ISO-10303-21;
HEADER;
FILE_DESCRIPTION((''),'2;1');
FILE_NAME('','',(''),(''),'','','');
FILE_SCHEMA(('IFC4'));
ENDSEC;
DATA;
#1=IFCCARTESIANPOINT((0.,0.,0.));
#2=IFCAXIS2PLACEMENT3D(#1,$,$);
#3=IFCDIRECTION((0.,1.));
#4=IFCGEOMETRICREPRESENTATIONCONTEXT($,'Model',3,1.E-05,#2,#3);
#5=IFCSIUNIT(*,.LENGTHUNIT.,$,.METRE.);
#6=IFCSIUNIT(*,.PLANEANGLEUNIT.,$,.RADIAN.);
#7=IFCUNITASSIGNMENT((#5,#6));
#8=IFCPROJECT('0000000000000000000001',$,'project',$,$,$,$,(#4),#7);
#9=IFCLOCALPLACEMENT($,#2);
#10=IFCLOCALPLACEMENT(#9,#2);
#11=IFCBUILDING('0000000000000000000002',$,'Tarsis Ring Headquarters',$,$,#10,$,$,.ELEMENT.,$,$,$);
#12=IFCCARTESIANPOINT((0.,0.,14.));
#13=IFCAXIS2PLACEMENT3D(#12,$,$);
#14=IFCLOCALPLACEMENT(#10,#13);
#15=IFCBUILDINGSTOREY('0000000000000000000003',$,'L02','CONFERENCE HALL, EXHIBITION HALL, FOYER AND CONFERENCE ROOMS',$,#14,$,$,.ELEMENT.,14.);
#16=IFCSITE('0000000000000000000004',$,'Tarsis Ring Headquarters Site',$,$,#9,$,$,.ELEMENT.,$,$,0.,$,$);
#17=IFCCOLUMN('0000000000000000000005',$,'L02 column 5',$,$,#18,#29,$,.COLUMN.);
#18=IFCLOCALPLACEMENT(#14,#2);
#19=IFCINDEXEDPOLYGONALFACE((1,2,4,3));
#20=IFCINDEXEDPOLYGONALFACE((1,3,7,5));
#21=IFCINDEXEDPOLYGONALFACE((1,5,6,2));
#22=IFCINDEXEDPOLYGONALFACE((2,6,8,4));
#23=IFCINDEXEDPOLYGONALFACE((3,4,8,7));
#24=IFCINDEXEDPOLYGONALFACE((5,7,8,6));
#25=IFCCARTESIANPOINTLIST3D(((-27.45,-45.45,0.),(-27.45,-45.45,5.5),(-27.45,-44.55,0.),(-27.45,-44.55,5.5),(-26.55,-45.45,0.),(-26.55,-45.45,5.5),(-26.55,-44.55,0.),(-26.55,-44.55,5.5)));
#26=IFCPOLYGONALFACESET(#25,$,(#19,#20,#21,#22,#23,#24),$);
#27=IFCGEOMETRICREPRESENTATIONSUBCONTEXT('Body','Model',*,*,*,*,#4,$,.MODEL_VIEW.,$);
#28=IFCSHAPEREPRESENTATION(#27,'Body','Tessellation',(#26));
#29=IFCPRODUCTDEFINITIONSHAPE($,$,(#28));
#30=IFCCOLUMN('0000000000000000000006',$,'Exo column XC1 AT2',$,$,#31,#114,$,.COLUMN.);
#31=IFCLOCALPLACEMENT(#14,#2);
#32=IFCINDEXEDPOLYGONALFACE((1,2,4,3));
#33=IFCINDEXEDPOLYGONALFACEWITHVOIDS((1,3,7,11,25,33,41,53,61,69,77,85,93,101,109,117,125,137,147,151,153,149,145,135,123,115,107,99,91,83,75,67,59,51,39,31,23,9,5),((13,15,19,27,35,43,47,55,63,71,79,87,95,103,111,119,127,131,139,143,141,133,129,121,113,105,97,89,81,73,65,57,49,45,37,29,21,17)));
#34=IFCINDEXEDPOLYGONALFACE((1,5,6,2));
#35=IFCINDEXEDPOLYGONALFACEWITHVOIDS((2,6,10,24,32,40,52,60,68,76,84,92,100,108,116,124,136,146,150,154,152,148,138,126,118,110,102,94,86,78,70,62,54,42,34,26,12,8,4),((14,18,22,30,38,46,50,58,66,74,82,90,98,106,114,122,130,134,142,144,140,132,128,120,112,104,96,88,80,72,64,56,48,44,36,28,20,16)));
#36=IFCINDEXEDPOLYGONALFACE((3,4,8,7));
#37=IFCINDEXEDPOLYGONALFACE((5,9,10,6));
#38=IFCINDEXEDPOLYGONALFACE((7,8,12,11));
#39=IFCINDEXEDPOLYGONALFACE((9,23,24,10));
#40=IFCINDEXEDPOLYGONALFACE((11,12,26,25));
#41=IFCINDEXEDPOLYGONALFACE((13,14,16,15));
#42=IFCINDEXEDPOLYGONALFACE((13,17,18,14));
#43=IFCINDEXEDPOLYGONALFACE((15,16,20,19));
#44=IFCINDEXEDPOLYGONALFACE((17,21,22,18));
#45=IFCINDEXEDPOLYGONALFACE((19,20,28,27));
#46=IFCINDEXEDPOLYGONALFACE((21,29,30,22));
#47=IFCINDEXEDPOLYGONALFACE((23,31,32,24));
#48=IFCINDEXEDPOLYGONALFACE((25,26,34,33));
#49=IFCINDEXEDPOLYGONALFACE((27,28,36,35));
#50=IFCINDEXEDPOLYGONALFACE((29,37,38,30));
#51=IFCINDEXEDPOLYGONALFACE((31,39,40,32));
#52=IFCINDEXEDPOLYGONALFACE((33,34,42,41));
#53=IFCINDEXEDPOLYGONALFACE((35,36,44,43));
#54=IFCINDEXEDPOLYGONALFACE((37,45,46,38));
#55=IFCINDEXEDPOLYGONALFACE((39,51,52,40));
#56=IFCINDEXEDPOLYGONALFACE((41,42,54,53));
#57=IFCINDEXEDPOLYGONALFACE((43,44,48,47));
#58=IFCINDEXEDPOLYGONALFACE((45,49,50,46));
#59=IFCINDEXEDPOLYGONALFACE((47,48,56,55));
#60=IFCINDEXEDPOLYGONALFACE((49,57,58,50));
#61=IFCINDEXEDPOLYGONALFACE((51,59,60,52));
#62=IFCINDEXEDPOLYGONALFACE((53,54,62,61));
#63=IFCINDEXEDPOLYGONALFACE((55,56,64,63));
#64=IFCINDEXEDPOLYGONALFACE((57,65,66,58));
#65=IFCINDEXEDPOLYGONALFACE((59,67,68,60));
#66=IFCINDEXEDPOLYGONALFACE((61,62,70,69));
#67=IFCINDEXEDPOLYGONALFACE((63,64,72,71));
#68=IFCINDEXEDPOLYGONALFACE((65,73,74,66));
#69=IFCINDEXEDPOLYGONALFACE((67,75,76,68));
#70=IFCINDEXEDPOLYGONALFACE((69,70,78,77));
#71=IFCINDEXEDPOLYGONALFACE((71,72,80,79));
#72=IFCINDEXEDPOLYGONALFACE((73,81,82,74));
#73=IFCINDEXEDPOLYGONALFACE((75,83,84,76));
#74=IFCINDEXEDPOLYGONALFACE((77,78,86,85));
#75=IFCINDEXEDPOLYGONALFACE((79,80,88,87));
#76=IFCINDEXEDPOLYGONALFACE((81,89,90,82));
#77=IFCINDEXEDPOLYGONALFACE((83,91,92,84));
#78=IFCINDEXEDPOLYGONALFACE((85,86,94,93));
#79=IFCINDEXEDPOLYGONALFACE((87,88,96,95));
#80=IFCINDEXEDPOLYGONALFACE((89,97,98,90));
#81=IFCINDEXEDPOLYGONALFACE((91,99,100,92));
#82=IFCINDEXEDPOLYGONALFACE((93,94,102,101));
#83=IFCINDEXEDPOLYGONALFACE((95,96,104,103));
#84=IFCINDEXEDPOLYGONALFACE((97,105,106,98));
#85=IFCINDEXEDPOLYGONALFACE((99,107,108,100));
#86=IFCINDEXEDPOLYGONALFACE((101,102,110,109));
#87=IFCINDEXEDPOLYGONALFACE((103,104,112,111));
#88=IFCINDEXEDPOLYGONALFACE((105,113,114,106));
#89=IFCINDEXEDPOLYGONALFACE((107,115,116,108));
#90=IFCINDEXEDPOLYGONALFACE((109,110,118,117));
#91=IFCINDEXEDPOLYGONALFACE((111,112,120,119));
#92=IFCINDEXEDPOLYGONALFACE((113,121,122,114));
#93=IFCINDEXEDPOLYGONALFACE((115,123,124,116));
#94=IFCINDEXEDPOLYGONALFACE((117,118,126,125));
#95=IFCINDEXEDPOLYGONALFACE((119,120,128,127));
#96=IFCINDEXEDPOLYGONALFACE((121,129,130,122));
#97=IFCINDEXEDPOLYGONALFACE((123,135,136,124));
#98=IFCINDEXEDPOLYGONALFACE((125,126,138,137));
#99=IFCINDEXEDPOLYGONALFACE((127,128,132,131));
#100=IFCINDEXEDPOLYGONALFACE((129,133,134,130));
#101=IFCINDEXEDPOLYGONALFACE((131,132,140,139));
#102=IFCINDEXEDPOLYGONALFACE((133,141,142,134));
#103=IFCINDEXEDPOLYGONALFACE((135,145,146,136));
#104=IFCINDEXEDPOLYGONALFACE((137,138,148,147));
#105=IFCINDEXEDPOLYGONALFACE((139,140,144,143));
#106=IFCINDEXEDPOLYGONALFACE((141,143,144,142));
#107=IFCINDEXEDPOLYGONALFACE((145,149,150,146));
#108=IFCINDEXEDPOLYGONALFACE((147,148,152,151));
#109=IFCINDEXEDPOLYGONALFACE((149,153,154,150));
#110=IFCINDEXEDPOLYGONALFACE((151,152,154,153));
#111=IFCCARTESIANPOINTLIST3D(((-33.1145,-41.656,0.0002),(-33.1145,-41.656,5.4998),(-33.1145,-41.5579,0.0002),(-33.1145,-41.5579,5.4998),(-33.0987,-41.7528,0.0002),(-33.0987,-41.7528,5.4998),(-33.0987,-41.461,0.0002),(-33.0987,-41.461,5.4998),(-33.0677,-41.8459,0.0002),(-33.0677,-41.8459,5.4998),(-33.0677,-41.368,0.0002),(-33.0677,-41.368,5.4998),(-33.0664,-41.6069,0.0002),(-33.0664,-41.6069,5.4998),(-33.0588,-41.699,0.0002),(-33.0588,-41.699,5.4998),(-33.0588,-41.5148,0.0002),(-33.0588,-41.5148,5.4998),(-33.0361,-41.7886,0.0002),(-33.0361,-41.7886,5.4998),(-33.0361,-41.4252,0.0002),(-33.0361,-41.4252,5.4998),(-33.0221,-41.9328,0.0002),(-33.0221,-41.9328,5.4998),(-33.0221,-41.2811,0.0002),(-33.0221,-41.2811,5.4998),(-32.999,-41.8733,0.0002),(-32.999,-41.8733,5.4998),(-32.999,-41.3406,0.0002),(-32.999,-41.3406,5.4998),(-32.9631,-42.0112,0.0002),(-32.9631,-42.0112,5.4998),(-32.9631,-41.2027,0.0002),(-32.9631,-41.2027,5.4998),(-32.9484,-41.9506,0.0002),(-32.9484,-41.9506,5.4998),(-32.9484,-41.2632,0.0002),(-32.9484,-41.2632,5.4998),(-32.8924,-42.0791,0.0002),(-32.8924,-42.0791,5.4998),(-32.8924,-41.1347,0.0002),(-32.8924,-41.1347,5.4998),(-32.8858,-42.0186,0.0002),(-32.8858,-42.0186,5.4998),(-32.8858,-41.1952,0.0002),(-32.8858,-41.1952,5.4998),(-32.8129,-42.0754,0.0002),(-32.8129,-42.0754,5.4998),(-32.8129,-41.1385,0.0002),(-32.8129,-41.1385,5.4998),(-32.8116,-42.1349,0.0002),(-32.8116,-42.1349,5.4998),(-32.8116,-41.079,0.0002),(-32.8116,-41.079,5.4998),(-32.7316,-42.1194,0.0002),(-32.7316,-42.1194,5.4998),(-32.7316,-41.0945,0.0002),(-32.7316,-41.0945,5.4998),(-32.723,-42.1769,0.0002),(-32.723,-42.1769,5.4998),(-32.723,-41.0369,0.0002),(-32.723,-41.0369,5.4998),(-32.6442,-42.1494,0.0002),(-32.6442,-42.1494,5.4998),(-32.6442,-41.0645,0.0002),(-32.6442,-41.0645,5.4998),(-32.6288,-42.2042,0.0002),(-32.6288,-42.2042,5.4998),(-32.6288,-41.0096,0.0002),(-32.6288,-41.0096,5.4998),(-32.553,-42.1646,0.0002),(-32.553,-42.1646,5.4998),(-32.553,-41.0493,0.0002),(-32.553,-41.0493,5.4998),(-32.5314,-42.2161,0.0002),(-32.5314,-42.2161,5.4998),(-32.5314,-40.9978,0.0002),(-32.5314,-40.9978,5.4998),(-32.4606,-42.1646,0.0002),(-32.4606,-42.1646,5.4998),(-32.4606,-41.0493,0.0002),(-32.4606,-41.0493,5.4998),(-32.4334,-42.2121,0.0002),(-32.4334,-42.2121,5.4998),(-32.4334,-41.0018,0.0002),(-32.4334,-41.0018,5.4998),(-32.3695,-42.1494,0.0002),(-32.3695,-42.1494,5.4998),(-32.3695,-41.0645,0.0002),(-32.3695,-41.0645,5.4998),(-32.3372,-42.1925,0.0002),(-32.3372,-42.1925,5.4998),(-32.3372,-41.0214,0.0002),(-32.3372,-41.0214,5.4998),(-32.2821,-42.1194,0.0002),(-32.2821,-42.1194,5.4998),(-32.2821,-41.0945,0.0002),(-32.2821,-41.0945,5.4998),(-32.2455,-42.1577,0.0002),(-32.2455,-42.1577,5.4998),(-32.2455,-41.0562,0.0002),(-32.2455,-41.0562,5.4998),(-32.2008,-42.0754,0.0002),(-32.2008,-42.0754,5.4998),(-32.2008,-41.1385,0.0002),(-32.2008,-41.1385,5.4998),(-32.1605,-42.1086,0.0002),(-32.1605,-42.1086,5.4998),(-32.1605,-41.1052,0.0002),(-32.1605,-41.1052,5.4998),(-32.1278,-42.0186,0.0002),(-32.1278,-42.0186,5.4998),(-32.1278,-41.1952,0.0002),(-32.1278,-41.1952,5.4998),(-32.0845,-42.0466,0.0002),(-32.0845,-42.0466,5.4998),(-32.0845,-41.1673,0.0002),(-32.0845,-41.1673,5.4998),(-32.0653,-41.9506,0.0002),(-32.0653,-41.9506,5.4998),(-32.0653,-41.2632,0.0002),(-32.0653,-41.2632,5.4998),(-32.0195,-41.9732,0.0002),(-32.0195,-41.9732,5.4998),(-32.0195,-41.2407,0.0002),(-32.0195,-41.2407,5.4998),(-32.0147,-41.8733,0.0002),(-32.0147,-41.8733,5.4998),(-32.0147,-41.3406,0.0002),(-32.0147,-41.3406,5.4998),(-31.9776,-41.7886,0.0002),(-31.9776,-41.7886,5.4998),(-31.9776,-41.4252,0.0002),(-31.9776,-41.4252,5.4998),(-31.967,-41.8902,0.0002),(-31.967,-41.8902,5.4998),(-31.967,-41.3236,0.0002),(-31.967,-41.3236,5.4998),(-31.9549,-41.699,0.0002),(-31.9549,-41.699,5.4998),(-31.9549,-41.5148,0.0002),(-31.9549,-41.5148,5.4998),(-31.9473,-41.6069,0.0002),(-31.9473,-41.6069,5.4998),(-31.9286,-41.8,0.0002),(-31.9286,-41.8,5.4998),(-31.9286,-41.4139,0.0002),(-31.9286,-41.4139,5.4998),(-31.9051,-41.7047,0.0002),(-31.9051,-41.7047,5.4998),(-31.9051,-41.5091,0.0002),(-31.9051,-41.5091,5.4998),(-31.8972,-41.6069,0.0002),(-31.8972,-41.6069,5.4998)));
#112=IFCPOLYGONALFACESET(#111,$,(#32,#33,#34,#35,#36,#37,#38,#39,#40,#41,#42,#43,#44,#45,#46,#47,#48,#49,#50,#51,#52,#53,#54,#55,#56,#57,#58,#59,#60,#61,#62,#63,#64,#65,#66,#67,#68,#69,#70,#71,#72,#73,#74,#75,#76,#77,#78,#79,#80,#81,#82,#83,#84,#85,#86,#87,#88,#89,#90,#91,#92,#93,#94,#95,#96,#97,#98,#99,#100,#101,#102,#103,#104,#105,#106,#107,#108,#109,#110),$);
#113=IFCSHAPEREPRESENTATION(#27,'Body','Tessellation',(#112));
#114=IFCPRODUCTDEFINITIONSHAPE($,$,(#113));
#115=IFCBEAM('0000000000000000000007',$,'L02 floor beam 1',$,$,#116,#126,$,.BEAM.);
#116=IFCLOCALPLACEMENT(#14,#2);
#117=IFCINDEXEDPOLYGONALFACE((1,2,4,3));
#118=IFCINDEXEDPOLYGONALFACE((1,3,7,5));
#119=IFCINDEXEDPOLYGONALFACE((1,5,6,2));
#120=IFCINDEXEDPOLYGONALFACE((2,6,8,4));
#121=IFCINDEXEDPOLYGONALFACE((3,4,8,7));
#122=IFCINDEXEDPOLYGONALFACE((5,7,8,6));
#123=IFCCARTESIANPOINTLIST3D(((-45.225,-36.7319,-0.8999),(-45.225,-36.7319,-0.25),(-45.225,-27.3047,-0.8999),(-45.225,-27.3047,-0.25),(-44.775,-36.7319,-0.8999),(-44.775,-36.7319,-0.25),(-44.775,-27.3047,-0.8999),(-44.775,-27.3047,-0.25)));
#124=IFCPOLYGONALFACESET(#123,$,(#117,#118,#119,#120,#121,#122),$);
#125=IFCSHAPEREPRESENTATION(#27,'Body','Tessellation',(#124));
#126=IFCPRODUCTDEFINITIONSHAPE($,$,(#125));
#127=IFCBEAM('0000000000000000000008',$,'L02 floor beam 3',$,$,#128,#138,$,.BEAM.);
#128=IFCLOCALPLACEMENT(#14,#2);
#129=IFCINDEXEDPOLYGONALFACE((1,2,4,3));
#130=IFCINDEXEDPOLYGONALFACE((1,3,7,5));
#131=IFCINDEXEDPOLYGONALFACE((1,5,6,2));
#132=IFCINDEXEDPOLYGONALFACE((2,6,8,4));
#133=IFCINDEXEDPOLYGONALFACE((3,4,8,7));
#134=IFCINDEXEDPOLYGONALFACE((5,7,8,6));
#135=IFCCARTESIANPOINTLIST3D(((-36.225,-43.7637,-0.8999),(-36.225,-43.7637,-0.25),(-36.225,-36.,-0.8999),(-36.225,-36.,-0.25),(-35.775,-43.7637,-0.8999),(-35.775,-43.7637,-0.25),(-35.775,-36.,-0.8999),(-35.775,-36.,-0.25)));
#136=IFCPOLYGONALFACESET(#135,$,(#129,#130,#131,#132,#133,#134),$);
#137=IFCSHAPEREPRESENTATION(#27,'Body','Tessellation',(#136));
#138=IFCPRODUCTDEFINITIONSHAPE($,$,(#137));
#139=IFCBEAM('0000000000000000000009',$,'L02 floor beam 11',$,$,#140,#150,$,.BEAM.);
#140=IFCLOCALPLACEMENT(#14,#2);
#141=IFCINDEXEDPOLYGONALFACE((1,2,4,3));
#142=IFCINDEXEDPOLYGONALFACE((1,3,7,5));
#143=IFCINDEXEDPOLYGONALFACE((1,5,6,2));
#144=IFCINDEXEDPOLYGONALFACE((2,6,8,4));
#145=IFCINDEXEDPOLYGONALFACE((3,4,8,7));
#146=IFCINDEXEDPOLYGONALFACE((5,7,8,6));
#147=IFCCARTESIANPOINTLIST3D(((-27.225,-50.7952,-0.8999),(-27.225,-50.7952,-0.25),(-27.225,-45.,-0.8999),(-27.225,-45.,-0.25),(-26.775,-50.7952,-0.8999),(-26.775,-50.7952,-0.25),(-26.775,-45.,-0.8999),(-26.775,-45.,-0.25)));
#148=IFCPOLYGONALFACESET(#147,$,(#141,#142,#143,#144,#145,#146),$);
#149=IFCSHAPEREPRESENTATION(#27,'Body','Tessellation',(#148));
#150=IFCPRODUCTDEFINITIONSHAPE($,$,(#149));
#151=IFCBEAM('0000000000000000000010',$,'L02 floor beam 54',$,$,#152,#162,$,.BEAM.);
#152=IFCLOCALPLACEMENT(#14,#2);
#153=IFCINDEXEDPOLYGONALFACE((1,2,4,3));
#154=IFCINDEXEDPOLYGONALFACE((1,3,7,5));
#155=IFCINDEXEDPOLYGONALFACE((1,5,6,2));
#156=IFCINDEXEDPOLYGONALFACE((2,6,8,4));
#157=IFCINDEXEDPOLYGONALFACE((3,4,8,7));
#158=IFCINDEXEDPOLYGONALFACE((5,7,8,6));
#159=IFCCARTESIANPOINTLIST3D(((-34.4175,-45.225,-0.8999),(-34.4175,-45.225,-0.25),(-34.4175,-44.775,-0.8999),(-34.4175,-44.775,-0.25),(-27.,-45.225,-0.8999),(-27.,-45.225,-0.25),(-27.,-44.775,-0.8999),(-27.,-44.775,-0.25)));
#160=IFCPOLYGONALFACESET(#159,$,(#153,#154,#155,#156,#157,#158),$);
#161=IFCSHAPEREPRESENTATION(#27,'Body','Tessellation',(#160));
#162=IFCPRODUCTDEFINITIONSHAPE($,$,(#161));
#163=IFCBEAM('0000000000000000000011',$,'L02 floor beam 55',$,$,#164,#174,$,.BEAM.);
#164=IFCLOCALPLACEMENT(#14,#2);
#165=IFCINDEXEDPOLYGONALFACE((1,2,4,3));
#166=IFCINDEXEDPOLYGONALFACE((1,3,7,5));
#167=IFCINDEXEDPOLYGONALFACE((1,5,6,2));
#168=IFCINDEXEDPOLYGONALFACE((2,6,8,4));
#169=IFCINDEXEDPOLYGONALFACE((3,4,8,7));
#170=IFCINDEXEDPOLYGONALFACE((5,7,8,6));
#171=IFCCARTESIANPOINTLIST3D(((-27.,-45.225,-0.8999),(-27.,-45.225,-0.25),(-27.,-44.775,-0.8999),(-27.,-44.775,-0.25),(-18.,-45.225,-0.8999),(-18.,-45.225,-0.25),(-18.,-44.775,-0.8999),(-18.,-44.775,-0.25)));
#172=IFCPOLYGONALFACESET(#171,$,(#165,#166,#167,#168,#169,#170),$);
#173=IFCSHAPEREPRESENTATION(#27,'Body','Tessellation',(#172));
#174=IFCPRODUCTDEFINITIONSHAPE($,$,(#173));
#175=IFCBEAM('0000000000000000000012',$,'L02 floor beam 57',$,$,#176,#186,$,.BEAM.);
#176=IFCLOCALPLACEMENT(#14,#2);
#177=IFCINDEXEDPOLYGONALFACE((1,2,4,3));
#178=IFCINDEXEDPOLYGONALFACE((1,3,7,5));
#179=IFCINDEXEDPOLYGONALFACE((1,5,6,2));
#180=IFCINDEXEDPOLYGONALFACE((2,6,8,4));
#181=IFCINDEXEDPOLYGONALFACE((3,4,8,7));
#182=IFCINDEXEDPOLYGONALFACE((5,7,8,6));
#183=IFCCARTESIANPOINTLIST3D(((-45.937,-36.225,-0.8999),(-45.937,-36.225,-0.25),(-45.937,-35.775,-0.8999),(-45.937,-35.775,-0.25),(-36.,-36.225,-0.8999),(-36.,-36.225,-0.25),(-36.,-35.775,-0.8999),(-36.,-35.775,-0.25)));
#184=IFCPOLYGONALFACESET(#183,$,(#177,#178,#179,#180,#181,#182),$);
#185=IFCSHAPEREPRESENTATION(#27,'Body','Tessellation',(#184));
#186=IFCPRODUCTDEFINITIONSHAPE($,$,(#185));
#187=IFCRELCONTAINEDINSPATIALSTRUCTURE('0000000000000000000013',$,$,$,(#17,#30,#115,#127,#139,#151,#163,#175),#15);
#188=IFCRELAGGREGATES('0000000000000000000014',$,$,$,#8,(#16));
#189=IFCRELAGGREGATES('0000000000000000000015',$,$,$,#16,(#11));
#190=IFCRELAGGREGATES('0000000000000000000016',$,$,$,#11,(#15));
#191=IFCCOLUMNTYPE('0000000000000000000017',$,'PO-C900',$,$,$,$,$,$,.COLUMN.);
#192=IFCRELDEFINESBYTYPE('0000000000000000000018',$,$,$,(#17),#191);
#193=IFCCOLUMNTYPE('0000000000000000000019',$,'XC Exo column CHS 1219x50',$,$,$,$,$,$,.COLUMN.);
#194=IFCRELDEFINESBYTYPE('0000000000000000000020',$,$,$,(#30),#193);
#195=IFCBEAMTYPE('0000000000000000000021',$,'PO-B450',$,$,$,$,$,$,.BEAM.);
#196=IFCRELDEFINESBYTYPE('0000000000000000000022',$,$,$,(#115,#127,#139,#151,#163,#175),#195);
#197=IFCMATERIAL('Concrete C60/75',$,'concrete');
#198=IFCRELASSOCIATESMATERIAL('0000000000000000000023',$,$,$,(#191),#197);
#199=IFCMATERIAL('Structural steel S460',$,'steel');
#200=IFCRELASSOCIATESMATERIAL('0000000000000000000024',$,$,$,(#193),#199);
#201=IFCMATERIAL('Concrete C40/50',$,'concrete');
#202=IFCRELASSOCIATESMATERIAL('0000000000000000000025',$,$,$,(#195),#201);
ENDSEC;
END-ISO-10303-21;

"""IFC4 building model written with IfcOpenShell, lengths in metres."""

from ifc_helpers import new_model, si_unit, direction, frame, origin, origin_2d, place, context, subcontext, project, spatial, rectangle, hollow_circle, extrude, material, material_profile, profile_set, type_object, element, save


model = new_model("IFC4")

# Units and contexts
model_context = context("Model", 3, precision=1e-05, world=origin(), true_north=direction((0.0, 1.0)))
body_context = subcontext(model_context, "Body", "Model", "MODEL_VIEW")
ifc_project = project(units=[si_unit("LENGTHUNIT", "METRE"), si_unit("PLANEANGLEUNIT", "RADIAN")], contexts=[model_context])

# Site, building, storey
site_placement = place(None, origin())
site = spatial("IfcSite", under=ifc_project, at=site_placement, Name="Tarsis Ring Headquarters Site", CompositionType="ELEMENT", RefElevation=0.0)
building_placement = place(site_placement, origin())
building = spatial("IfcBuilding", under=site, at=building_placement, Name="Tarsis Ring Headquarters", CompositionType="ELEMENT")
storey_placement = place(building_placement, frame((0.0, 0.0, 14.0)))
storey = spatial("IfcBuildingStorey", under=building, at=storey_placement, Name="L02", Description="CONFERENCE HALL, EXHIBITION HALL, FOYER AND CONFERENCE ROOMS", CompositionType="ELEMENT", Elevation=14.0)

# Columns
ifc_material_1 = material(Name="Concrete C60/75", Category="concrete")
ifc_material_profile_1 = material_profile(ifc_material_1, rectangle(XDim=0.8999, YDim=0.8999, at=origin_2d()), Name="PO-C900")
ifc_profile_set_1 = profile_set([ifc_material_profile_1], Name="Concrete C60/75")
column_type_1 = type_object("IfcColumnType", Name="PO-C900", PredefinedType="COLUMN", material=ifc_profile_set_1)
column_1_placement = place(storey_placement, frame((-27.0, -45.0, 0.0), z_axis=(0.0, 0.0, 1.0), x_axis=(1.0, 0.0, 0.0)))
element("IfcColumn", 1, at=column_1_placement, inside=storey, type_object=column_type_1, Name="L02 column 5", PredefinedType="COLUMN", context=body_context, shape_type="SweptSolid", body=[
    extrude(rectangle(XDim=0.8999, YDim=0.8999, at=origin_2d()), origin(), (0.0, 0.0, 1.0), 5.5),
])
ifc_material_2 = material(Name="Structural steel S460", Category="steel")
ifc_material_profile_2 = material_profile(ifc_material_2, hollow_circle(Radius=0.6096, WallThickness=0.05, at=origin_2d()), Name="CHS 1219x50")
ifc_profile_set_2 = profile_set([ifc_material_profile_2], Name="Structural steel S460")
column_type_2 = type_object("IfcColumnType", Name="XC Exo column CHS 1219x50", PredefinedType="COLUMN", material=ifc_profile_set_2)
column_2_placement = place(storey_placement, frame((-32.5068, -41.6069, 0.0002), z_axis=(0.0, 0.0, 1.0), x_axis=(1.0, 0.0, 0.0)))
element("IfcColumn", 2, at=column_2_placement, inside=storey, type_object=column_type_2, Name="Exo column XC1 AT2", PredefinedType="COLUMN", context=body_context, shape_type="SweptSolid", body=[
    extrude(hollow_circle(Radius=0.6096, WallThickness=0.05, at=origin_2d()), origin(), (0.0, 0.0, 1.0), 5.4995),
])

# Beams
ifc_material_3 = material(Name="Concrete C40/50", Category="concrete")
ifc_material_profile_3 = material_profile(ifc_material_3, rectangle(XDim=0.45, YDim=0.6499, at=origin_2d()), Name="PO-B450")
ifc_profile_set_3 = profile_set([ifc_material_profile_3], Name="Concrete C40/50")
beam_type_1 = type_object("IfcBeamType", Name="PO-B450", PredefinedType="BEAM", material=ifc_profile_set_3)
beam_1_placement = place(storey_placement, frame((-45.0, -36.7319, -0.575), z_axis=(0.0, 1.0, 0.0), x_axis=(-1.0, 0.0, 0.0)))
element("IfcBeam", 3, at=beam_1_placement, inside=storey, type_object=beam_type_1, Name="L02 floor beam 1", PredefinedType="BEAM", context=body_context, shape_type="SweptSolid", body=[
    extrude(rectangle(XDim=0.45, YDim=0.6499, at=origin_2d()), origin(), (0.0, 0.0, 1.0), 9.4272),
])
beam_2_placement = place(storey_placement, frame((-36.0, -43.7637, -0.575), z_axis=(0.0, 1.0, 0.0), x_axis=(-1.0, 0.0, 0.0)))
element("IfcBeam", 4, at=beam_2_placement, inside=storey, type_object=beam_type_1, Name="L02 floor beam 3", PredefinedType="BEAM", context=body_context, shape_type="SweptSolid", body=[
    extrude(rectangle(XDim=0.45, YDim=0.6499, at=origin_2d()), origin(), (0.0, 0.0, 1.0), 7.7637),
])
beam_3_placement = place(storey_placement, frame((-27.0, -50.7952, -0.575), z_axis=(0.0, 1.0, 0.0), x_axis=(-1.0, 0.0, 0.0)))
element("IfcBeam", 5, at=beam_3_placement, inside=storey, type_object=beam_type_1, Name="L02 floor beam 11", PredefinedType="BEAM", context=body_context, shape_type="SweptSolid", body=[
    extrude(rectangle(XDim=0.45, YDim=0.6499, at=origin_2d()), origin(), (0.0, 0.0, 1.0), 5.7952),
])
beam_4_placement = place(storey_placement, frame((-34.4175, -45.0, -0.575), z_axis=(1.0, 0.0, 0.0), x_axis=(0.0, 1.0, 0.0)))
element("IfcBeam", 6, at=beam_4_placement, inside=storey, type_object=beam_type_1, Name="L02 floor beam 54", PredefinedType="BEAM", context=body_context, shape_type="SweptSolid", body=[
    extrude(rectangle(XDim=0.45, YDim=0.6499, at=origin_2d()), origin(), (0.0, 0.0, 1.0), 7.4175),
])
beam_5_placement = place(storey_placement, frame((-27.0, -45.0, -0.575), z_axis=(1.0, 0.0, 0.0), x_axis=(0.0, 1.0, 0.0)))
element("IfcBeam", 7, at=beam_5_placement, inside=storey, type_object=beam_type_1, Name="L02 floor beam 55", PredefinedType="BEAM", context=body_context, shape_type="SweptSolid", body=[
    extrude(rectangle(XDim=0.45, YDim=0.6499, at=origin_2d()), origin(), (0.0, 0.0, 1.0), 9.0),
])
beam_6_placement = place(storey_placement, frame((-45.937, -36.0, -0.575), z_axis=(1.0, 0.0, 0.0), x_axis=(0.0, 1.0, 0.0)))
element("IfcBeam", 8, at=beam_6_placement, inside=storey, type_object=beam_type_1, Name="L02 floor beam 57", PredefinedType="BEAM", context=body_context, shape_type="SweptSolid", body=[
    extrude(rectangle(XDim=0.45, YDim=0.6499, at=origin_2d()), origin(), (0.0, 0.0, 1.0), 9.937),
])

save(model, "model.ifc")
